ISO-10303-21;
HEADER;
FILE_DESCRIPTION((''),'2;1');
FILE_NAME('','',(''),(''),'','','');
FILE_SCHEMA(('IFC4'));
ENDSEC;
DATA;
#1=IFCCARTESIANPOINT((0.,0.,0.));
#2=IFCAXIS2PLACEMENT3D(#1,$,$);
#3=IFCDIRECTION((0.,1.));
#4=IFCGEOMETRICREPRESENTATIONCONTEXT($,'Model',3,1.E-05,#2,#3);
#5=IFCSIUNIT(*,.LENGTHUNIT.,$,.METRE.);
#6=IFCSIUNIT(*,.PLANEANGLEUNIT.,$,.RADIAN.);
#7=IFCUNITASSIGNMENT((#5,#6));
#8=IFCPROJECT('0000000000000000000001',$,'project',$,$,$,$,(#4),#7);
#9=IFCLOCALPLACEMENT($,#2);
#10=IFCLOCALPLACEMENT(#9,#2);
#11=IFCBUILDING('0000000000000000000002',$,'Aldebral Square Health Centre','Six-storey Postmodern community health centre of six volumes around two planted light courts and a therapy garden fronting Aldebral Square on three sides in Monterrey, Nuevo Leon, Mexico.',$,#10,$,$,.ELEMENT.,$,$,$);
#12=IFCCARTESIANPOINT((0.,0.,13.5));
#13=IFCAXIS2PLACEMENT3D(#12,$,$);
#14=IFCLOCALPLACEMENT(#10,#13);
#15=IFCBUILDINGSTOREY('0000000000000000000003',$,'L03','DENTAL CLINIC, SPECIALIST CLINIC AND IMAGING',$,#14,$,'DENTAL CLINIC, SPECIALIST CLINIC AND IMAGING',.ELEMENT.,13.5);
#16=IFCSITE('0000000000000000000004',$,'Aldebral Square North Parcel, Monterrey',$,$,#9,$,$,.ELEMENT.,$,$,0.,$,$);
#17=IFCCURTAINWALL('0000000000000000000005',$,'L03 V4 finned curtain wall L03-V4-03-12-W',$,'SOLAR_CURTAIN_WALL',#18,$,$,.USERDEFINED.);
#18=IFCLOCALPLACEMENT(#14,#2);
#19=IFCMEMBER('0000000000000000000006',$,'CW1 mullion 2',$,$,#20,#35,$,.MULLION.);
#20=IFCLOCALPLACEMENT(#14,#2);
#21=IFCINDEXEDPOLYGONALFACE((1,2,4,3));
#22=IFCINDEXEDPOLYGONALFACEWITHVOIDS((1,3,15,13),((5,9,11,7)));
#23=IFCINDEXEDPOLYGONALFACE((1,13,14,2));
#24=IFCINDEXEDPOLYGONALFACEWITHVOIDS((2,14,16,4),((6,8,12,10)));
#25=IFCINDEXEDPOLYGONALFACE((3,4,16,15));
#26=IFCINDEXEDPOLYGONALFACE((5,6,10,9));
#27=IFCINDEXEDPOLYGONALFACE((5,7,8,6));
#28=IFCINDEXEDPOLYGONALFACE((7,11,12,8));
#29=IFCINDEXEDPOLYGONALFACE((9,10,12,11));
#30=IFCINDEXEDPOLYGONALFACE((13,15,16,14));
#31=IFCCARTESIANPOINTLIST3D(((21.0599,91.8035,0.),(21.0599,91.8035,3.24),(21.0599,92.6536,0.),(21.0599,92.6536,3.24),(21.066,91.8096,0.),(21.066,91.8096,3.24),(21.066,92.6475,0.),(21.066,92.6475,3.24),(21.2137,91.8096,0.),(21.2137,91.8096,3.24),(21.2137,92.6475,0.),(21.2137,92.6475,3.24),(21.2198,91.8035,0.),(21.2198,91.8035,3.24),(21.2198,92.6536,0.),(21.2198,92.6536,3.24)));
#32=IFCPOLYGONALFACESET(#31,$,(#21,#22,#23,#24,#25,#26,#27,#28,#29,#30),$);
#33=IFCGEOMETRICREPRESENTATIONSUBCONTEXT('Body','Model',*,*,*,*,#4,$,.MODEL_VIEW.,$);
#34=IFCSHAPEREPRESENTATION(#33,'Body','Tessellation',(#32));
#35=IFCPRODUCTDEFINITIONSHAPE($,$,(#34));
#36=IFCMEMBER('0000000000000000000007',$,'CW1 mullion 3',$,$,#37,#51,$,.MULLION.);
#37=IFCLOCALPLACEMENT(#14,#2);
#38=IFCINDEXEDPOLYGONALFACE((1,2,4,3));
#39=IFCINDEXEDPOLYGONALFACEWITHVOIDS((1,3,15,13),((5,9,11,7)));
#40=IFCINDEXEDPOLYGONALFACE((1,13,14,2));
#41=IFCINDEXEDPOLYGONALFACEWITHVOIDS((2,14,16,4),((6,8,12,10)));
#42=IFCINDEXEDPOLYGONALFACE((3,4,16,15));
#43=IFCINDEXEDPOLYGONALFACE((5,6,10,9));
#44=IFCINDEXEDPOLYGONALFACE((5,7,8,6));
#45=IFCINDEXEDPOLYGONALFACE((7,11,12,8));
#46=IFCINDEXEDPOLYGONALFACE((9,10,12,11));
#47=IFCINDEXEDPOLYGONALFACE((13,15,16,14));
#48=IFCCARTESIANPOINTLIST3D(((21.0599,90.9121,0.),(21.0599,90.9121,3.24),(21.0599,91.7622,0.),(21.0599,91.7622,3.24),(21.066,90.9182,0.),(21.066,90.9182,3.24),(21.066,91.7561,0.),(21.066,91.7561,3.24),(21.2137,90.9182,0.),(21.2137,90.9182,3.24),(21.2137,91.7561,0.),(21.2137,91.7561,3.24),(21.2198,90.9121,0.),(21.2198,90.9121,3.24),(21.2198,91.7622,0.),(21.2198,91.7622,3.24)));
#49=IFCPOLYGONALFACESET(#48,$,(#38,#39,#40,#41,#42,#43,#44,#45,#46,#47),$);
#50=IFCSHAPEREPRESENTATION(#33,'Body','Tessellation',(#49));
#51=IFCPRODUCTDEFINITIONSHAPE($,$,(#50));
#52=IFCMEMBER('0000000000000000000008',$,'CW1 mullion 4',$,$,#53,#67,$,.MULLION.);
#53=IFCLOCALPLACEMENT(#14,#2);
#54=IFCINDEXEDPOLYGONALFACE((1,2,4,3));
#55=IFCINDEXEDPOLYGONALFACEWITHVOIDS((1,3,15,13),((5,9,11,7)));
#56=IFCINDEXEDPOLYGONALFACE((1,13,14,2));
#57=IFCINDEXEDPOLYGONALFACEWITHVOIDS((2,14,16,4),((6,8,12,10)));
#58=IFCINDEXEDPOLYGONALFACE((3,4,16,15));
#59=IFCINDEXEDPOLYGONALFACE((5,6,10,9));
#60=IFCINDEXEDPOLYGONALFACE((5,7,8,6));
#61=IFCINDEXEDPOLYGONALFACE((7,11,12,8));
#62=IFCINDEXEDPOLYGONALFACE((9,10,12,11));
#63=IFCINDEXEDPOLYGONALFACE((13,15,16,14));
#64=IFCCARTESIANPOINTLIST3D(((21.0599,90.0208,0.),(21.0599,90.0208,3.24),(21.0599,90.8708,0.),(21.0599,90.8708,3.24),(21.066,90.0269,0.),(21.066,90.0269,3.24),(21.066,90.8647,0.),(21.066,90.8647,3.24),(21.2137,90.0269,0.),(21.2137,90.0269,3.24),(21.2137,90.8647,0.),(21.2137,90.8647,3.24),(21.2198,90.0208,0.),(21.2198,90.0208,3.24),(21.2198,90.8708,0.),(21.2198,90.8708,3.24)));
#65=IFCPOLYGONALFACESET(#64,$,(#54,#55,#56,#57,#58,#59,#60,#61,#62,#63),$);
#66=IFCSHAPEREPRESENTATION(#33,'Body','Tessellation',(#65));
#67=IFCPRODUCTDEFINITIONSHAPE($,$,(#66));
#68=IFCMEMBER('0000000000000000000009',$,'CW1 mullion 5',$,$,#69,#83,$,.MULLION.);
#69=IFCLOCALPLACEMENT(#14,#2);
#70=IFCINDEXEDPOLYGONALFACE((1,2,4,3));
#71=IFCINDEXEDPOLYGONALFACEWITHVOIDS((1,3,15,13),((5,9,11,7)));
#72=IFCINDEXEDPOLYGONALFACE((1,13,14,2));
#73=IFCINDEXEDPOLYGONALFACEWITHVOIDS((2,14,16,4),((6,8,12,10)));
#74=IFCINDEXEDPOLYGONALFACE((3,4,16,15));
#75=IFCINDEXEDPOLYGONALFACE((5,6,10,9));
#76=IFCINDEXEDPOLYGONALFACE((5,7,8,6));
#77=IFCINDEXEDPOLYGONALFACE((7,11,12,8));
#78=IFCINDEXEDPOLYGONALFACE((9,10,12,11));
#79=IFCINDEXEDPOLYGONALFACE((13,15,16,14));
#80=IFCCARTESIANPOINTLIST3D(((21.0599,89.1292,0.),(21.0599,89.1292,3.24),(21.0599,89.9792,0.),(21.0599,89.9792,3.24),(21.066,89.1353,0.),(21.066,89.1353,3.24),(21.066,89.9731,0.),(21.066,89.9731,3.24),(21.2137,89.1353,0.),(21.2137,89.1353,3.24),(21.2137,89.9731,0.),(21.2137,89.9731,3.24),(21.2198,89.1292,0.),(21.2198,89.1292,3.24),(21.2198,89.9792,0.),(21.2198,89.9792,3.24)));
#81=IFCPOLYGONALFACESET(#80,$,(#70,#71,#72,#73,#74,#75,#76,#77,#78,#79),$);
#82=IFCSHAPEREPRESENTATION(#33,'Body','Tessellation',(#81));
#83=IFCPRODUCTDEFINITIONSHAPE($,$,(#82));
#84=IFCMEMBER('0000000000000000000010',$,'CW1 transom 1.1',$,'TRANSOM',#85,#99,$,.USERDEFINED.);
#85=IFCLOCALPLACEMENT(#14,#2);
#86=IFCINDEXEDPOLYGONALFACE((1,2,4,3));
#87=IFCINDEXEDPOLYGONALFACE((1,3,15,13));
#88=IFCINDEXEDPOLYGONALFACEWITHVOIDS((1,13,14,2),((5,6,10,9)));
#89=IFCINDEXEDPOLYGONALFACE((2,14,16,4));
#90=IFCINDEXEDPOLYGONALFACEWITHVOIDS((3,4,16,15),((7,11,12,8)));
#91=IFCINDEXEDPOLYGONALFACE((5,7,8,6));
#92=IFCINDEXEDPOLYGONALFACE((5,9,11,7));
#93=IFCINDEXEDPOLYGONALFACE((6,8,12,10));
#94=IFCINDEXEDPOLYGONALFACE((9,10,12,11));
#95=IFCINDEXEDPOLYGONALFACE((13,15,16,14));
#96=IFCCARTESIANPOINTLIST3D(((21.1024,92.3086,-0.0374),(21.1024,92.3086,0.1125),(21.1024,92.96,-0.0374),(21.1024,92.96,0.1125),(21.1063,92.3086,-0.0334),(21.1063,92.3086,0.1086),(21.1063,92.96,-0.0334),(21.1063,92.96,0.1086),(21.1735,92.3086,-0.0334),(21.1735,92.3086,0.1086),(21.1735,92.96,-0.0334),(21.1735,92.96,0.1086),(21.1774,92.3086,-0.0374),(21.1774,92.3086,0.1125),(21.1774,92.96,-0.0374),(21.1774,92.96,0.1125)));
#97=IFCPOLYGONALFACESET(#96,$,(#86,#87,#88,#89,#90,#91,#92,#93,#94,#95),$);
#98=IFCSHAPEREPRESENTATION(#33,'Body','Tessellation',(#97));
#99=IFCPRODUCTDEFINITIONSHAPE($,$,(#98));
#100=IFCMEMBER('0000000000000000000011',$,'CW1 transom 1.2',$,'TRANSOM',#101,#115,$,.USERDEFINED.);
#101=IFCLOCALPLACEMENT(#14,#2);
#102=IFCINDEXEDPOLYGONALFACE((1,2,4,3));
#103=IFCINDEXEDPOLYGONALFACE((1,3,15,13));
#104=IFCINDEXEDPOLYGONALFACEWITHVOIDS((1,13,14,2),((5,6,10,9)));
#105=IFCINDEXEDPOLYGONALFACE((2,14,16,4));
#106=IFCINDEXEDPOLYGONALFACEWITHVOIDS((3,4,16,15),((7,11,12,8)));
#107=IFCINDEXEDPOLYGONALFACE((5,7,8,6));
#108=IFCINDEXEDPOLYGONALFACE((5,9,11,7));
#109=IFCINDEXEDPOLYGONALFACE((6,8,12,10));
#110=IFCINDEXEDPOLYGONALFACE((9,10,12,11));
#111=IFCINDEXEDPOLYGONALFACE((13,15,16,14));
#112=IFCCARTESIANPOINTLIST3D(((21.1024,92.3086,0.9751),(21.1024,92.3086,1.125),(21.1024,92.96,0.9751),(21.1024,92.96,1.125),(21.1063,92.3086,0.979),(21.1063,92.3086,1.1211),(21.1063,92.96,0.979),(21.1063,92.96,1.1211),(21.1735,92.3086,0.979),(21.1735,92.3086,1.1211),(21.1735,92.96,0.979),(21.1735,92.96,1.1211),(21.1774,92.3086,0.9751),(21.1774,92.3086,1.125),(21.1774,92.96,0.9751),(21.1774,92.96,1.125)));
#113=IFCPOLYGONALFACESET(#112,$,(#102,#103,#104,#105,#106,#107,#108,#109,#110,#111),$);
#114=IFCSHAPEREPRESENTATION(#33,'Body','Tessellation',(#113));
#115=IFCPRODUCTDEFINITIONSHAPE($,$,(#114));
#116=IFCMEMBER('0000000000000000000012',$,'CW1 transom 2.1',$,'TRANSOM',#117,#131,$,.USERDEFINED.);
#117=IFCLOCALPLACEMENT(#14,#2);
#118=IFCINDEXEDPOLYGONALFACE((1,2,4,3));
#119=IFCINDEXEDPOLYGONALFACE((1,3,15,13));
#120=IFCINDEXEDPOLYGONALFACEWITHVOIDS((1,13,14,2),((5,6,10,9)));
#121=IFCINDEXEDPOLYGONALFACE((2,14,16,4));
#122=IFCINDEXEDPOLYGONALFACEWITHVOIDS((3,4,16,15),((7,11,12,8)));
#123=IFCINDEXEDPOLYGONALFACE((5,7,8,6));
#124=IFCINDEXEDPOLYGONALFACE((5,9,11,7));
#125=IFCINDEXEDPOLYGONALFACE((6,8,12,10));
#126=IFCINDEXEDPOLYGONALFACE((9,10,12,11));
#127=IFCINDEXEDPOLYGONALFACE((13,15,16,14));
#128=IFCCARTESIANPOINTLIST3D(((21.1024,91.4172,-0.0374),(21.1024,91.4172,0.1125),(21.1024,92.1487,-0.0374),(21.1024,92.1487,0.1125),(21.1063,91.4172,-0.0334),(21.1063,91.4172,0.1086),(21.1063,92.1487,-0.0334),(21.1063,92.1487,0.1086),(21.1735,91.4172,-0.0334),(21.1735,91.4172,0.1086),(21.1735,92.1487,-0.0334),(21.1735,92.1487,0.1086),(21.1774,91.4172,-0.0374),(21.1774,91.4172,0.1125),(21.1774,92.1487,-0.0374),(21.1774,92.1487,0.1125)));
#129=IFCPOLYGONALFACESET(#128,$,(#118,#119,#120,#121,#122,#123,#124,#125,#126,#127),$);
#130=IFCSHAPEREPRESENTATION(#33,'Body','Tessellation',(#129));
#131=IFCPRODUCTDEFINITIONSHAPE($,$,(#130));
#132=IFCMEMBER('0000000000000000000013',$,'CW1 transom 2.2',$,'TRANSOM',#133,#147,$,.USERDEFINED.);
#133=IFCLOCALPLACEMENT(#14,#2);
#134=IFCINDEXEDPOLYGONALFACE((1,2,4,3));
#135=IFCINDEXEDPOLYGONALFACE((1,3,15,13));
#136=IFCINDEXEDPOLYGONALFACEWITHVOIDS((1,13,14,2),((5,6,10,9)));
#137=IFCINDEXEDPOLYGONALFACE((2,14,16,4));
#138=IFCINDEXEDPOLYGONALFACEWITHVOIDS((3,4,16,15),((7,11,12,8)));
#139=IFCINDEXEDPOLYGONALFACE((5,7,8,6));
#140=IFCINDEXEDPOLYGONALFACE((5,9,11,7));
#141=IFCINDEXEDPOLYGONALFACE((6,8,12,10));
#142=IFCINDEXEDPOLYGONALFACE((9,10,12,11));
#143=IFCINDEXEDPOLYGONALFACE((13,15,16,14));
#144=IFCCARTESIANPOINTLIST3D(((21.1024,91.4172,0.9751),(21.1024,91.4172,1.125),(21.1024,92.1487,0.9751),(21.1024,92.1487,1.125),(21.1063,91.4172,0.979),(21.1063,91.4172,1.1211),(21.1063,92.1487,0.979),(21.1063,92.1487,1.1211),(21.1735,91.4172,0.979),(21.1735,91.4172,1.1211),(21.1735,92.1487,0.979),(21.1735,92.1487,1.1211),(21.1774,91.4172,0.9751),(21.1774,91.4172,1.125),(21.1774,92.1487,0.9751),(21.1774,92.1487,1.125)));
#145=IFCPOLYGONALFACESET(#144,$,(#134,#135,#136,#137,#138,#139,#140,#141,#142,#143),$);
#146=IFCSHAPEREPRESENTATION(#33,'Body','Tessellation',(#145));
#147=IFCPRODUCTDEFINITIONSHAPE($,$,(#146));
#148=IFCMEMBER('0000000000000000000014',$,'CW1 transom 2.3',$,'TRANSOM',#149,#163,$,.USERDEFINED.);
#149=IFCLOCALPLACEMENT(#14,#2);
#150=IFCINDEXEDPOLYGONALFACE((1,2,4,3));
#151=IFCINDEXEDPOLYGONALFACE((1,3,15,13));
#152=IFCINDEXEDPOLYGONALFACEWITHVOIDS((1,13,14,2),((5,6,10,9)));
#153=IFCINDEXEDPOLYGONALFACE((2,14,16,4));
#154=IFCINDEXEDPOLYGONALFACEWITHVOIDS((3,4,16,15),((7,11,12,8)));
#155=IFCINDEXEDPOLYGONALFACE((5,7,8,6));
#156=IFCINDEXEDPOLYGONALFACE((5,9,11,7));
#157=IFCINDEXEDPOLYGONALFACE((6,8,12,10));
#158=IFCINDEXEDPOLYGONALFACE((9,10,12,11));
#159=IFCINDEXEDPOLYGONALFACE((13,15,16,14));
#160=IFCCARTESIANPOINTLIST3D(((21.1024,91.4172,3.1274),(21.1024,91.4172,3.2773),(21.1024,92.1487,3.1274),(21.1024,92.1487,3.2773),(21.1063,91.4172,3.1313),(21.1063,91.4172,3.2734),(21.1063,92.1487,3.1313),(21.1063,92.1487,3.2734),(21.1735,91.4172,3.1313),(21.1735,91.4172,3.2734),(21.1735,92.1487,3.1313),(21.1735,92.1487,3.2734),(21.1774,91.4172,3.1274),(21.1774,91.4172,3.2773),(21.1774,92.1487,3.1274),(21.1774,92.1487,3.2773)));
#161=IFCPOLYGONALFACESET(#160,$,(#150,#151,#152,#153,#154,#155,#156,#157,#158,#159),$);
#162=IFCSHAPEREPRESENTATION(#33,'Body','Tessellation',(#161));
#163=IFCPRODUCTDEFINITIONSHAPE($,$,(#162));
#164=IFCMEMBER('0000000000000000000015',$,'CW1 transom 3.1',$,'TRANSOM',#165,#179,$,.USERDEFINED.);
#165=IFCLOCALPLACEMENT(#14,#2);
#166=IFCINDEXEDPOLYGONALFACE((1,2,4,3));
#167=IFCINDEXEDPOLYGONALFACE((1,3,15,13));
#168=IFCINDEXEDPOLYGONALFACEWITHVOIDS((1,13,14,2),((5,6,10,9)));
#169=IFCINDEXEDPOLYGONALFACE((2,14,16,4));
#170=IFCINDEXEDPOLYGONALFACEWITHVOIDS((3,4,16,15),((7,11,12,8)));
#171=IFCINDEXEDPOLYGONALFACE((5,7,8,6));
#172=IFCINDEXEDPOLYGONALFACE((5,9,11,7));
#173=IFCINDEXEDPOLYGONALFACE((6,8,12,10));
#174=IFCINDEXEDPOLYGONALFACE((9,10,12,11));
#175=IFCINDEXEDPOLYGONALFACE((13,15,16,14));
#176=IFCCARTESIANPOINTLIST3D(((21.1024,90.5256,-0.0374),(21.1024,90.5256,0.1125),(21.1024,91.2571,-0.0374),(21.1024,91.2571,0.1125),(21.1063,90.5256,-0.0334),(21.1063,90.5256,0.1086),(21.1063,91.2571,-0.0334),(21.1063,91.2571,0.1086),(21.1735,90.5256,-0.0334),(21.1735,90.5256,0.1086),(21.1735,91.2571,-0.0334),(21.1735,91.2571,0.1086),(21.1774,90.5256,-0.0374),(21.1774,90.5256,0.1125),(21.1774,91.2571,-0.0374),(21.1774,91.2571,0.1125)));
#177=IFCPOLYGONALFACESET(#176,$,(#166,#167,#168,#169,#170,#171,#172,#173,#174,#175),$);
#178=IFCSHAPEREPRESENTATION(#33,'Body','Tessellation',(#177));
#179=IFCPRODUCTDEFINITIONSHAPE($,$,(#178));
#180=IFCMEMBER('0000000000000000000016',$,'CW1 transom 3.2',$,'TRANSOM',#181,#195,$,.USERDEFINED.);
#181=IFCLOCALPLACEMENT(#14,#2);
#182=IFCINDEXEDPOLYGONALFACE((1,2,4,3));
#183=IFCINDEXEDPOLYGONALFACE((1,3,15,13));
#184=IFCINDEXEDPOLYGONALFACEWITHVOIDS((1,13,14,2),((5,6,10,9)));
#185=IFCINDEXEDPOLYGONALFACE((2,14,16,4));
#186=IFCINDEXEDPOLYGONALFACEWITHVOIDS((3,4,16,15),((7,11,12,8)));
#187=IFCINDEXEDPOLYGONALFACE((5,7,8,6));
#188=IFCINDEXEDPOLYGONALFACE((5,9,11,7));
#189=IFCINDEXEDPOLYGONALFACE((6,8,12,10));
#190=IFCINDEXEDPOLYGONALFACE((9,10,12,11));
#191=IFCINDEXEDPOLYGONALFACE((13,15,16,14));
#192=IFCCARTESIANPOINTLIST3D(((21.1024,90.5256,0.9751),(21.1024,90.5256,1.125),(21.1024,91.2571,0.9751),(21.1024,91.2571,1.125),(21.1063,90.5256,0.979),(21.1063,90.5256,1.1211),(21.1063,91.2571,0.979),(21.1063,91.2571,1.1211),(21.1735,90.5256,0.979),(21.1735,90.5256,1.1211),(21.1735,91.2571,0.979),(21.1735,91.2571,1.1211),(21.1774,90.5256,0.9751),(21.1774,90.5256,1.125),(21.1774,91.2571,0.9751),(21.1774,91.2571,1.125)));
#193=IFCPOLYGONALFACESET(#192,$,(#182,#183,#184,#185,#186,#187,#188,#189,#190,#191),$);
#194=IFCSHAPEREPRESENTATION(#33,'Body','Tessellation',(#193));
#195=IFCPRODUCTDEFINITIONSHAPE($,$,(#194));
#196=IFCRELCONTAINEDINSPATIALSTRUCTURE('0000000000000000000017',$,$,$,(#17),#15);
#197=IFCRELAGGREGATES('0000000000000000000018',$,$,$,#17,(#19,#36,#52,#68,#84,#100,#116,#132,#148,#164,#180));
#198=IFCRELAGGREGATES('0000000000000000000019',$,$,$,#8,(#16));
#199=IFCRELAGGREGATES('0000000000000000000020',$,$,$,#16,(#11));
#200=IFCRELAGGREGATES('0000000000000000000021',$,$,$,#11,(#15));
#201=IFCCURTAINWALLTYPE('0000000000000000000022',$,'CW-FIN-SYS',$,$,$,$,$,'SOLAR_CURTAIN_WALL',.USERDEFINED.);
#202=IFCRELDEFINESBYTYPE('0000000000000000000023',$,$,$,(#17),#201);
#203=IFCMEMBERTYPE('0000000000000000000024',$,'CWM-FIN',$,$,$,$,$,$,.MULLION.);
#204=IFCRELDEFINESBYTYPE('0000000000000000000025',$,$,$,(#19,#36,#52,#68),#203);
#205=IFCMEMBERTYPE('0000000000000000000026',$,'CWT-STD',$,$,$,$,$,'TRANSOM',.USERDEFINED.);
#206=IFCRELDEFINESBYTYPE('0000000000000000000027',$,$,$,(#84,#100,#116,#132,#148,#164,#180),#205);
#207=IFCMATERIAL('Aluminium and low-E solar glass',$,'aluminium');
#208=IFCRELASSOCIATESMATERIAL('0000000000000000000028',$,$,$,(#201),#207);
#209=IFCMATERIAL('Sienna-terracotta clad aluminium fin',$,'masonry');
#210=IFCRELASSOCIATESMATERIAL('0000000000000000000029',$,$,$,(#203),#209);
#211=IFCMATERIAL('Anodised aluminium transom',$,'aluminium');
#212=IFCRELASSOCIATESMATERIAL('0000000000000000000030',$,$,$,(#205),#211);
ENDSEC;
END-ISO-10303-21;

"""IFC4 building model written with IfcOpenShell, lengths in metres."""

from ifc_helpers import new_model, si_unit, direction, frame, origin, origin_2d, place, context, subcontext, project, spatial, hollow_rectangle, extrude, material, material_profile, profile_set, type_object, element, aggregate, save


model = new_model("IFC4")

# Units and contexts
model_context = context("Model", 3, precision=1e-05, world=origin(), true_north=direction((0.0, 1.0)))
body_context = subcontext(model_context, "Body", "Model", "MODEL_VIEW")
ifc_project = project(units=[si_unit("LENGTHUNIT", "METRE"), si_unit("PLANEANGLEUNIT", "RADIAN")], contexts=[model_context])

# Site, building, storey
site_placement = place(None, origin())
site = spatial("IfcSite", under=ifc_project, at=site_placement, Name="Aldebral Square North Parcel, Monterrey", CompositionType="ELEMENT", RefElevation=0.0)
building_placement = place(site_placement, origin())
building = spatial("IfcBuilding", under=site, at=building_placement, Name="Aldebral Square Health Centre", Description="Six-storey Postmodern community health centre of six volumes around two planted light courts and a therapy garden fronting Aldebral Square on three sides in Monterrey, Nuevo Leon, Mexico.", CompositionType="ELEMENT")
storey_placement = place(building_placement, frame((0.0, 0.0, 13.5)))
storey = spatial("IfcBuildingStorey", under=building, at=storey_placement, Name="L03", Description="DENTAL CLINIC, SPECIALIST CLINIC AND IMAGING", LongName="DENTAL CLINIC, SPECIALIST CLINIC AND IMAGING", CompositionType="ELEMENT", Elevation=13.5)

# Curtain wall, members
ifc_material_1 = material(Name="Aluminium and low-E solar glass", Category="aluminium")
curtain_wall_type = type_object("IfcCurtainWallType", Name="CW-FIN-SYS", ElementType="SOLAR_CURTAIN_WALL", PredefinedType="USERDEFINED", material=ifc_material_1)
curtain_wall_placement = place(storey_placement, origin())
curtain_wall = element("IfcCurtainWall", 1, at=curtain_wall_placement, inside=storey, type_object=curtain_wall_type, Name="L03 V4 finned curtain wall L03-V4-03-12-W", ObjectType="SOLAR_CURTAIN_WALL", PredefinedType="USERDEFINED")
ifc_material_2 = material(Name="Sienna-terracotta clad aluminium fin", Category="masonry")
ifc_material_profile_1 = material_profile(ifc_material_2, hollow_rectangle(XDim=0.1599, YDim=0.8501, WallThickness=0.0061, at=origin_2d()), Name="FIN 160x850x6")
ifc_profile_set_1 = profile_set([ifc_material_profile_1], Name="Sienna-terracotta clad aluminium fin")
member_type_1 = type_object("IfcMemberType", Name="CWM-FIN", PredefinedType="MULLION", material=ifc_profile_set_1)
member_1_placement = place(storey_placement, frame((21.1399, 92.2285, 0.0), z_axis=(0.0, 0.0, 1.0), x_axis=(1.0, 0.0, 0.0)))
member_1 = element("IfcMember", 2, at=member_1_placement, type_object=member_type_1, Name="CW1 mullion 2", PredefinedType="MULLION", context=body_context, shape_type="SweptSolid", body=[
    extrude(hollow_rectangle(XDim=0.1599, YDim=0.8501, WallThickness=0.0061, at=origin_2d()), origin(), (0.0, 0.0, 1.0), 3.24),
])
member_2_placement = place(storey_placement, frame((21.1399, 91.3372, 0.0), z_axis=(0.0, 0.0, 1.0), x_axis=(1.0, 0.0, 0.0)))
member_2 = element("IfcMember", 3, at=member_2_placement, type_object=member_type_1, Name="CW1 mullion 3", PredefinedType="MULLION", context=body_context, shape_type="SweptSolid", body=[
    extrude(hollow_rectangle(XDim=0.1599, YDim=0.8501, WallThickness=0.0061, at=origin_2d()), origin(), (0.0, 0.0, 1.0), 3.24),
])
member_3_placement = place(storey_placement, frame((21.1399, 90.4458, 0.0), z_axis=(0.0, 0.0, 1.0), x_axis=(1.0, 0.0, 0.0)))
member_3 = element("IfcMember", 4, at=member_3_placement, type_object=member_type_1, Name="CW1 mullion 4", PredefinedType="MULLION", context=body_context, shape_type="SweptSolid", body=[
    extrude(hollow_rectangle(XDim=0.1599, YDim=0.8501, WallThickness=0.0061, at=origin_2d()), origin(), (0.0, 0.0, 1.0), 3.24),
])
member_4_placement = place(storey_placement, frame((21.1399, 89.5542, 0.0), z_axis=(0.0, 0.0, 1.0), x_axis=(1.0, 0.0, 0.0)))
member_4 = element("IfcMember", 5, at=member_4_placement, type_object=member_type_1, Name="CW1 mullion 5", PredefinedType="MULLION", context=body_context, shape_type="SweptSolid", body=[
    extrude(hollow_rectangle(XDim=0.1599, YDim=0.8501, WallThickness=0.0061, at=origin_2d()), origin(), (0.0, 0.0, 1.0), 3.24),
])
ifc_material_3 = material(Name="Anodised aluminium transom", Category="aluminium")
ifc_material_profile_2 = material_profile(ifc_material_3, hollow_rectangle(XDim=0.075, YDim=0.1499, WallThickness=0.0039, at=origin_2d()), Name="CWT 75x150x4")
ifc_profile_set_2 = profile_set([ifc_material_profile_2], Name="Anodised aluminium transom")
member_type_2 = type_object("IfcMemberType", Name="CWT-STD", ElementType="TRANSOM", PredefinedType="USERDEFINED", material=ifc_profile_set_2)
member_5_placement = place(storey_placement, frame((21.1399, 92.96, 0.0376), z_axis=(0.0, -1.0, 0.0), x_axis=(1.0, 0.0, 0.0)))
member_5 = element("IfcMember", 6, at=member_5_placement, type_object=member_type_2, Name="CW1 transom 1.1", ObjectType="TRANSOM", PredefinedType="USERDEFINED", context=body_context, shape_type="SweptSolid", body=[
    extrude(hollow_rectangle(XDim=0.075, YDim=0.1499, WallThickness=0.0039, at=origin_2d()), origin(), (0.0, 0.0, 1.0), 0.6514),
])
member_6_placement = place(storey_placement, frame((21.1399, 92.96, 1.05), z_axis=(0.0, -1.0, 0.0), x_axis=(1.0, 0.0, 0.0)))
member_6 = element("IfcMember", 7, at=member_6_placement, type_object=member_type_2, Name="CW1 transom 1.2", ObjectType="TRANSOM", PredefinedType="USERDEFINED", context=body_context, shape_type="SweptSolid", body=[
    extrude(hollow_rectangle(XDim=0.075, YDim=0.1499, WallThickness=0.0039, at=origin_2d()), origin(), (0.0, 0.0, 1.0), 0.6514),
])
member_7_placement = place(storey_placement, frame((21.1399, 92.1487, 0.0376), z_axis=(0.0, -1.0, 0.0), x_axis=(1.0, 0.0, 0.0)))
member_7 = element("IfcMember", 8, at=member_7_placement, type_object=member_type_2, Name="CW1 transom 2.1", ObjectType="TRANSOM", PredefinedType="USERDEFINED", context=body_context, shape_type="SweptSolid", body=[
    extrude(hollow_rectangle(XDim=0.075, YDim=0.1499, WallThickness=0.0039, at=origin_2d()), origin(), (0.0, 0.0, 1.0), 0.7314),
])
member_8_placement = place(storey_placement, frame((21.1399, 92.1487, 1.05), z_axis=(0.0, -1.0, 0.0), x_axis=(1.0, 0.0, 0.0)))
member_8 = element("IfcMember", 9, at=member_8_placement, type_object=member_type_2, Name="CW1 transom 2.2", ObjectType="TRANSOM", PredefinedType="USERDEFINED", context=body_context, shape_type="SweptSolid", body=[
    extrude(hollow_rectangle(XDim=0.075, YDim=0.1499, WallThickness=0.0039, at=origin_2d()), origin(), (0.0, 0.0, 1.0), 0.7314),
])
member_9_placement = place(storey_placement, frame((21.1399, 92.1487, 3.2024), z_axis=(0.0, -1.0, 0.0), x_axis=(1.0, 0.0, 0.0)))
member_9 = element("IfcMember", 10, at=member_9_placement, type_object=member_type_2, Name="CW1 transom 2.3", ObjectType="TRANSOM", PredefinedType="USERDEFINED", context=body_context, shape_type="SweptSolid", body=[
    extrude(hollow_rectangle(XDim=0.075, YDim=0.1499, WallThickness=0.0039, at=origin_2d()), origin(), (0.0, 0.0, 1.0), 0.7314),
])
member_10_placement = place(storey_placement, frame((21.1399, 91.2571, 0.0376), z_axis=(0.0, -1.0, 0.0), x_axis=(1.0, 0.0, 0.0)))
member_10 = element("IfcMember", 11, at=member_10_placement, type_object=member_type_2, Name="CW1 transom 3.1", ObjectType="TRANSOM", PredefinedType="USERDEFINED", context=body_context, shape_type="SweptSolid", body=[
    extrude(hollow_rectangle(XDim=0.075, YDim=0.1499, WallThickness=0.0039, at=origin_2d()), origin(), (0.0, 0.0, 1.0), 0.7314),
])
member_11_placement = place(storey_placement, frame((21.1399, 91.2571, 1.05), z_axis=(0.0, -1.0, 0.0), x_axis=(1.0, 0.0, 0.0)))
member_11 = element("IfcMember", 12, at=member_11_placement, type_object=member_type_2, Name="CW1 transom 3.2", ObjectType="TRANSOM", PredefinedType="USERDEFINED", context=body_context, shape_type="SweptSolid", body=[
    extrude(hollow_rectangle(XDim=0.075, YDim=0.1499, WallThickness=0.0039, at=origin_2d()), origin(), (0.0, 0.0, 1.0), 0.7314),
])
aggregate(curtain_wall, [member_1, member_2, member_3, member_4, member_5, member_6, member_7, member_8, member_9, member_10, member_11])

save(model, "model.ifc")
